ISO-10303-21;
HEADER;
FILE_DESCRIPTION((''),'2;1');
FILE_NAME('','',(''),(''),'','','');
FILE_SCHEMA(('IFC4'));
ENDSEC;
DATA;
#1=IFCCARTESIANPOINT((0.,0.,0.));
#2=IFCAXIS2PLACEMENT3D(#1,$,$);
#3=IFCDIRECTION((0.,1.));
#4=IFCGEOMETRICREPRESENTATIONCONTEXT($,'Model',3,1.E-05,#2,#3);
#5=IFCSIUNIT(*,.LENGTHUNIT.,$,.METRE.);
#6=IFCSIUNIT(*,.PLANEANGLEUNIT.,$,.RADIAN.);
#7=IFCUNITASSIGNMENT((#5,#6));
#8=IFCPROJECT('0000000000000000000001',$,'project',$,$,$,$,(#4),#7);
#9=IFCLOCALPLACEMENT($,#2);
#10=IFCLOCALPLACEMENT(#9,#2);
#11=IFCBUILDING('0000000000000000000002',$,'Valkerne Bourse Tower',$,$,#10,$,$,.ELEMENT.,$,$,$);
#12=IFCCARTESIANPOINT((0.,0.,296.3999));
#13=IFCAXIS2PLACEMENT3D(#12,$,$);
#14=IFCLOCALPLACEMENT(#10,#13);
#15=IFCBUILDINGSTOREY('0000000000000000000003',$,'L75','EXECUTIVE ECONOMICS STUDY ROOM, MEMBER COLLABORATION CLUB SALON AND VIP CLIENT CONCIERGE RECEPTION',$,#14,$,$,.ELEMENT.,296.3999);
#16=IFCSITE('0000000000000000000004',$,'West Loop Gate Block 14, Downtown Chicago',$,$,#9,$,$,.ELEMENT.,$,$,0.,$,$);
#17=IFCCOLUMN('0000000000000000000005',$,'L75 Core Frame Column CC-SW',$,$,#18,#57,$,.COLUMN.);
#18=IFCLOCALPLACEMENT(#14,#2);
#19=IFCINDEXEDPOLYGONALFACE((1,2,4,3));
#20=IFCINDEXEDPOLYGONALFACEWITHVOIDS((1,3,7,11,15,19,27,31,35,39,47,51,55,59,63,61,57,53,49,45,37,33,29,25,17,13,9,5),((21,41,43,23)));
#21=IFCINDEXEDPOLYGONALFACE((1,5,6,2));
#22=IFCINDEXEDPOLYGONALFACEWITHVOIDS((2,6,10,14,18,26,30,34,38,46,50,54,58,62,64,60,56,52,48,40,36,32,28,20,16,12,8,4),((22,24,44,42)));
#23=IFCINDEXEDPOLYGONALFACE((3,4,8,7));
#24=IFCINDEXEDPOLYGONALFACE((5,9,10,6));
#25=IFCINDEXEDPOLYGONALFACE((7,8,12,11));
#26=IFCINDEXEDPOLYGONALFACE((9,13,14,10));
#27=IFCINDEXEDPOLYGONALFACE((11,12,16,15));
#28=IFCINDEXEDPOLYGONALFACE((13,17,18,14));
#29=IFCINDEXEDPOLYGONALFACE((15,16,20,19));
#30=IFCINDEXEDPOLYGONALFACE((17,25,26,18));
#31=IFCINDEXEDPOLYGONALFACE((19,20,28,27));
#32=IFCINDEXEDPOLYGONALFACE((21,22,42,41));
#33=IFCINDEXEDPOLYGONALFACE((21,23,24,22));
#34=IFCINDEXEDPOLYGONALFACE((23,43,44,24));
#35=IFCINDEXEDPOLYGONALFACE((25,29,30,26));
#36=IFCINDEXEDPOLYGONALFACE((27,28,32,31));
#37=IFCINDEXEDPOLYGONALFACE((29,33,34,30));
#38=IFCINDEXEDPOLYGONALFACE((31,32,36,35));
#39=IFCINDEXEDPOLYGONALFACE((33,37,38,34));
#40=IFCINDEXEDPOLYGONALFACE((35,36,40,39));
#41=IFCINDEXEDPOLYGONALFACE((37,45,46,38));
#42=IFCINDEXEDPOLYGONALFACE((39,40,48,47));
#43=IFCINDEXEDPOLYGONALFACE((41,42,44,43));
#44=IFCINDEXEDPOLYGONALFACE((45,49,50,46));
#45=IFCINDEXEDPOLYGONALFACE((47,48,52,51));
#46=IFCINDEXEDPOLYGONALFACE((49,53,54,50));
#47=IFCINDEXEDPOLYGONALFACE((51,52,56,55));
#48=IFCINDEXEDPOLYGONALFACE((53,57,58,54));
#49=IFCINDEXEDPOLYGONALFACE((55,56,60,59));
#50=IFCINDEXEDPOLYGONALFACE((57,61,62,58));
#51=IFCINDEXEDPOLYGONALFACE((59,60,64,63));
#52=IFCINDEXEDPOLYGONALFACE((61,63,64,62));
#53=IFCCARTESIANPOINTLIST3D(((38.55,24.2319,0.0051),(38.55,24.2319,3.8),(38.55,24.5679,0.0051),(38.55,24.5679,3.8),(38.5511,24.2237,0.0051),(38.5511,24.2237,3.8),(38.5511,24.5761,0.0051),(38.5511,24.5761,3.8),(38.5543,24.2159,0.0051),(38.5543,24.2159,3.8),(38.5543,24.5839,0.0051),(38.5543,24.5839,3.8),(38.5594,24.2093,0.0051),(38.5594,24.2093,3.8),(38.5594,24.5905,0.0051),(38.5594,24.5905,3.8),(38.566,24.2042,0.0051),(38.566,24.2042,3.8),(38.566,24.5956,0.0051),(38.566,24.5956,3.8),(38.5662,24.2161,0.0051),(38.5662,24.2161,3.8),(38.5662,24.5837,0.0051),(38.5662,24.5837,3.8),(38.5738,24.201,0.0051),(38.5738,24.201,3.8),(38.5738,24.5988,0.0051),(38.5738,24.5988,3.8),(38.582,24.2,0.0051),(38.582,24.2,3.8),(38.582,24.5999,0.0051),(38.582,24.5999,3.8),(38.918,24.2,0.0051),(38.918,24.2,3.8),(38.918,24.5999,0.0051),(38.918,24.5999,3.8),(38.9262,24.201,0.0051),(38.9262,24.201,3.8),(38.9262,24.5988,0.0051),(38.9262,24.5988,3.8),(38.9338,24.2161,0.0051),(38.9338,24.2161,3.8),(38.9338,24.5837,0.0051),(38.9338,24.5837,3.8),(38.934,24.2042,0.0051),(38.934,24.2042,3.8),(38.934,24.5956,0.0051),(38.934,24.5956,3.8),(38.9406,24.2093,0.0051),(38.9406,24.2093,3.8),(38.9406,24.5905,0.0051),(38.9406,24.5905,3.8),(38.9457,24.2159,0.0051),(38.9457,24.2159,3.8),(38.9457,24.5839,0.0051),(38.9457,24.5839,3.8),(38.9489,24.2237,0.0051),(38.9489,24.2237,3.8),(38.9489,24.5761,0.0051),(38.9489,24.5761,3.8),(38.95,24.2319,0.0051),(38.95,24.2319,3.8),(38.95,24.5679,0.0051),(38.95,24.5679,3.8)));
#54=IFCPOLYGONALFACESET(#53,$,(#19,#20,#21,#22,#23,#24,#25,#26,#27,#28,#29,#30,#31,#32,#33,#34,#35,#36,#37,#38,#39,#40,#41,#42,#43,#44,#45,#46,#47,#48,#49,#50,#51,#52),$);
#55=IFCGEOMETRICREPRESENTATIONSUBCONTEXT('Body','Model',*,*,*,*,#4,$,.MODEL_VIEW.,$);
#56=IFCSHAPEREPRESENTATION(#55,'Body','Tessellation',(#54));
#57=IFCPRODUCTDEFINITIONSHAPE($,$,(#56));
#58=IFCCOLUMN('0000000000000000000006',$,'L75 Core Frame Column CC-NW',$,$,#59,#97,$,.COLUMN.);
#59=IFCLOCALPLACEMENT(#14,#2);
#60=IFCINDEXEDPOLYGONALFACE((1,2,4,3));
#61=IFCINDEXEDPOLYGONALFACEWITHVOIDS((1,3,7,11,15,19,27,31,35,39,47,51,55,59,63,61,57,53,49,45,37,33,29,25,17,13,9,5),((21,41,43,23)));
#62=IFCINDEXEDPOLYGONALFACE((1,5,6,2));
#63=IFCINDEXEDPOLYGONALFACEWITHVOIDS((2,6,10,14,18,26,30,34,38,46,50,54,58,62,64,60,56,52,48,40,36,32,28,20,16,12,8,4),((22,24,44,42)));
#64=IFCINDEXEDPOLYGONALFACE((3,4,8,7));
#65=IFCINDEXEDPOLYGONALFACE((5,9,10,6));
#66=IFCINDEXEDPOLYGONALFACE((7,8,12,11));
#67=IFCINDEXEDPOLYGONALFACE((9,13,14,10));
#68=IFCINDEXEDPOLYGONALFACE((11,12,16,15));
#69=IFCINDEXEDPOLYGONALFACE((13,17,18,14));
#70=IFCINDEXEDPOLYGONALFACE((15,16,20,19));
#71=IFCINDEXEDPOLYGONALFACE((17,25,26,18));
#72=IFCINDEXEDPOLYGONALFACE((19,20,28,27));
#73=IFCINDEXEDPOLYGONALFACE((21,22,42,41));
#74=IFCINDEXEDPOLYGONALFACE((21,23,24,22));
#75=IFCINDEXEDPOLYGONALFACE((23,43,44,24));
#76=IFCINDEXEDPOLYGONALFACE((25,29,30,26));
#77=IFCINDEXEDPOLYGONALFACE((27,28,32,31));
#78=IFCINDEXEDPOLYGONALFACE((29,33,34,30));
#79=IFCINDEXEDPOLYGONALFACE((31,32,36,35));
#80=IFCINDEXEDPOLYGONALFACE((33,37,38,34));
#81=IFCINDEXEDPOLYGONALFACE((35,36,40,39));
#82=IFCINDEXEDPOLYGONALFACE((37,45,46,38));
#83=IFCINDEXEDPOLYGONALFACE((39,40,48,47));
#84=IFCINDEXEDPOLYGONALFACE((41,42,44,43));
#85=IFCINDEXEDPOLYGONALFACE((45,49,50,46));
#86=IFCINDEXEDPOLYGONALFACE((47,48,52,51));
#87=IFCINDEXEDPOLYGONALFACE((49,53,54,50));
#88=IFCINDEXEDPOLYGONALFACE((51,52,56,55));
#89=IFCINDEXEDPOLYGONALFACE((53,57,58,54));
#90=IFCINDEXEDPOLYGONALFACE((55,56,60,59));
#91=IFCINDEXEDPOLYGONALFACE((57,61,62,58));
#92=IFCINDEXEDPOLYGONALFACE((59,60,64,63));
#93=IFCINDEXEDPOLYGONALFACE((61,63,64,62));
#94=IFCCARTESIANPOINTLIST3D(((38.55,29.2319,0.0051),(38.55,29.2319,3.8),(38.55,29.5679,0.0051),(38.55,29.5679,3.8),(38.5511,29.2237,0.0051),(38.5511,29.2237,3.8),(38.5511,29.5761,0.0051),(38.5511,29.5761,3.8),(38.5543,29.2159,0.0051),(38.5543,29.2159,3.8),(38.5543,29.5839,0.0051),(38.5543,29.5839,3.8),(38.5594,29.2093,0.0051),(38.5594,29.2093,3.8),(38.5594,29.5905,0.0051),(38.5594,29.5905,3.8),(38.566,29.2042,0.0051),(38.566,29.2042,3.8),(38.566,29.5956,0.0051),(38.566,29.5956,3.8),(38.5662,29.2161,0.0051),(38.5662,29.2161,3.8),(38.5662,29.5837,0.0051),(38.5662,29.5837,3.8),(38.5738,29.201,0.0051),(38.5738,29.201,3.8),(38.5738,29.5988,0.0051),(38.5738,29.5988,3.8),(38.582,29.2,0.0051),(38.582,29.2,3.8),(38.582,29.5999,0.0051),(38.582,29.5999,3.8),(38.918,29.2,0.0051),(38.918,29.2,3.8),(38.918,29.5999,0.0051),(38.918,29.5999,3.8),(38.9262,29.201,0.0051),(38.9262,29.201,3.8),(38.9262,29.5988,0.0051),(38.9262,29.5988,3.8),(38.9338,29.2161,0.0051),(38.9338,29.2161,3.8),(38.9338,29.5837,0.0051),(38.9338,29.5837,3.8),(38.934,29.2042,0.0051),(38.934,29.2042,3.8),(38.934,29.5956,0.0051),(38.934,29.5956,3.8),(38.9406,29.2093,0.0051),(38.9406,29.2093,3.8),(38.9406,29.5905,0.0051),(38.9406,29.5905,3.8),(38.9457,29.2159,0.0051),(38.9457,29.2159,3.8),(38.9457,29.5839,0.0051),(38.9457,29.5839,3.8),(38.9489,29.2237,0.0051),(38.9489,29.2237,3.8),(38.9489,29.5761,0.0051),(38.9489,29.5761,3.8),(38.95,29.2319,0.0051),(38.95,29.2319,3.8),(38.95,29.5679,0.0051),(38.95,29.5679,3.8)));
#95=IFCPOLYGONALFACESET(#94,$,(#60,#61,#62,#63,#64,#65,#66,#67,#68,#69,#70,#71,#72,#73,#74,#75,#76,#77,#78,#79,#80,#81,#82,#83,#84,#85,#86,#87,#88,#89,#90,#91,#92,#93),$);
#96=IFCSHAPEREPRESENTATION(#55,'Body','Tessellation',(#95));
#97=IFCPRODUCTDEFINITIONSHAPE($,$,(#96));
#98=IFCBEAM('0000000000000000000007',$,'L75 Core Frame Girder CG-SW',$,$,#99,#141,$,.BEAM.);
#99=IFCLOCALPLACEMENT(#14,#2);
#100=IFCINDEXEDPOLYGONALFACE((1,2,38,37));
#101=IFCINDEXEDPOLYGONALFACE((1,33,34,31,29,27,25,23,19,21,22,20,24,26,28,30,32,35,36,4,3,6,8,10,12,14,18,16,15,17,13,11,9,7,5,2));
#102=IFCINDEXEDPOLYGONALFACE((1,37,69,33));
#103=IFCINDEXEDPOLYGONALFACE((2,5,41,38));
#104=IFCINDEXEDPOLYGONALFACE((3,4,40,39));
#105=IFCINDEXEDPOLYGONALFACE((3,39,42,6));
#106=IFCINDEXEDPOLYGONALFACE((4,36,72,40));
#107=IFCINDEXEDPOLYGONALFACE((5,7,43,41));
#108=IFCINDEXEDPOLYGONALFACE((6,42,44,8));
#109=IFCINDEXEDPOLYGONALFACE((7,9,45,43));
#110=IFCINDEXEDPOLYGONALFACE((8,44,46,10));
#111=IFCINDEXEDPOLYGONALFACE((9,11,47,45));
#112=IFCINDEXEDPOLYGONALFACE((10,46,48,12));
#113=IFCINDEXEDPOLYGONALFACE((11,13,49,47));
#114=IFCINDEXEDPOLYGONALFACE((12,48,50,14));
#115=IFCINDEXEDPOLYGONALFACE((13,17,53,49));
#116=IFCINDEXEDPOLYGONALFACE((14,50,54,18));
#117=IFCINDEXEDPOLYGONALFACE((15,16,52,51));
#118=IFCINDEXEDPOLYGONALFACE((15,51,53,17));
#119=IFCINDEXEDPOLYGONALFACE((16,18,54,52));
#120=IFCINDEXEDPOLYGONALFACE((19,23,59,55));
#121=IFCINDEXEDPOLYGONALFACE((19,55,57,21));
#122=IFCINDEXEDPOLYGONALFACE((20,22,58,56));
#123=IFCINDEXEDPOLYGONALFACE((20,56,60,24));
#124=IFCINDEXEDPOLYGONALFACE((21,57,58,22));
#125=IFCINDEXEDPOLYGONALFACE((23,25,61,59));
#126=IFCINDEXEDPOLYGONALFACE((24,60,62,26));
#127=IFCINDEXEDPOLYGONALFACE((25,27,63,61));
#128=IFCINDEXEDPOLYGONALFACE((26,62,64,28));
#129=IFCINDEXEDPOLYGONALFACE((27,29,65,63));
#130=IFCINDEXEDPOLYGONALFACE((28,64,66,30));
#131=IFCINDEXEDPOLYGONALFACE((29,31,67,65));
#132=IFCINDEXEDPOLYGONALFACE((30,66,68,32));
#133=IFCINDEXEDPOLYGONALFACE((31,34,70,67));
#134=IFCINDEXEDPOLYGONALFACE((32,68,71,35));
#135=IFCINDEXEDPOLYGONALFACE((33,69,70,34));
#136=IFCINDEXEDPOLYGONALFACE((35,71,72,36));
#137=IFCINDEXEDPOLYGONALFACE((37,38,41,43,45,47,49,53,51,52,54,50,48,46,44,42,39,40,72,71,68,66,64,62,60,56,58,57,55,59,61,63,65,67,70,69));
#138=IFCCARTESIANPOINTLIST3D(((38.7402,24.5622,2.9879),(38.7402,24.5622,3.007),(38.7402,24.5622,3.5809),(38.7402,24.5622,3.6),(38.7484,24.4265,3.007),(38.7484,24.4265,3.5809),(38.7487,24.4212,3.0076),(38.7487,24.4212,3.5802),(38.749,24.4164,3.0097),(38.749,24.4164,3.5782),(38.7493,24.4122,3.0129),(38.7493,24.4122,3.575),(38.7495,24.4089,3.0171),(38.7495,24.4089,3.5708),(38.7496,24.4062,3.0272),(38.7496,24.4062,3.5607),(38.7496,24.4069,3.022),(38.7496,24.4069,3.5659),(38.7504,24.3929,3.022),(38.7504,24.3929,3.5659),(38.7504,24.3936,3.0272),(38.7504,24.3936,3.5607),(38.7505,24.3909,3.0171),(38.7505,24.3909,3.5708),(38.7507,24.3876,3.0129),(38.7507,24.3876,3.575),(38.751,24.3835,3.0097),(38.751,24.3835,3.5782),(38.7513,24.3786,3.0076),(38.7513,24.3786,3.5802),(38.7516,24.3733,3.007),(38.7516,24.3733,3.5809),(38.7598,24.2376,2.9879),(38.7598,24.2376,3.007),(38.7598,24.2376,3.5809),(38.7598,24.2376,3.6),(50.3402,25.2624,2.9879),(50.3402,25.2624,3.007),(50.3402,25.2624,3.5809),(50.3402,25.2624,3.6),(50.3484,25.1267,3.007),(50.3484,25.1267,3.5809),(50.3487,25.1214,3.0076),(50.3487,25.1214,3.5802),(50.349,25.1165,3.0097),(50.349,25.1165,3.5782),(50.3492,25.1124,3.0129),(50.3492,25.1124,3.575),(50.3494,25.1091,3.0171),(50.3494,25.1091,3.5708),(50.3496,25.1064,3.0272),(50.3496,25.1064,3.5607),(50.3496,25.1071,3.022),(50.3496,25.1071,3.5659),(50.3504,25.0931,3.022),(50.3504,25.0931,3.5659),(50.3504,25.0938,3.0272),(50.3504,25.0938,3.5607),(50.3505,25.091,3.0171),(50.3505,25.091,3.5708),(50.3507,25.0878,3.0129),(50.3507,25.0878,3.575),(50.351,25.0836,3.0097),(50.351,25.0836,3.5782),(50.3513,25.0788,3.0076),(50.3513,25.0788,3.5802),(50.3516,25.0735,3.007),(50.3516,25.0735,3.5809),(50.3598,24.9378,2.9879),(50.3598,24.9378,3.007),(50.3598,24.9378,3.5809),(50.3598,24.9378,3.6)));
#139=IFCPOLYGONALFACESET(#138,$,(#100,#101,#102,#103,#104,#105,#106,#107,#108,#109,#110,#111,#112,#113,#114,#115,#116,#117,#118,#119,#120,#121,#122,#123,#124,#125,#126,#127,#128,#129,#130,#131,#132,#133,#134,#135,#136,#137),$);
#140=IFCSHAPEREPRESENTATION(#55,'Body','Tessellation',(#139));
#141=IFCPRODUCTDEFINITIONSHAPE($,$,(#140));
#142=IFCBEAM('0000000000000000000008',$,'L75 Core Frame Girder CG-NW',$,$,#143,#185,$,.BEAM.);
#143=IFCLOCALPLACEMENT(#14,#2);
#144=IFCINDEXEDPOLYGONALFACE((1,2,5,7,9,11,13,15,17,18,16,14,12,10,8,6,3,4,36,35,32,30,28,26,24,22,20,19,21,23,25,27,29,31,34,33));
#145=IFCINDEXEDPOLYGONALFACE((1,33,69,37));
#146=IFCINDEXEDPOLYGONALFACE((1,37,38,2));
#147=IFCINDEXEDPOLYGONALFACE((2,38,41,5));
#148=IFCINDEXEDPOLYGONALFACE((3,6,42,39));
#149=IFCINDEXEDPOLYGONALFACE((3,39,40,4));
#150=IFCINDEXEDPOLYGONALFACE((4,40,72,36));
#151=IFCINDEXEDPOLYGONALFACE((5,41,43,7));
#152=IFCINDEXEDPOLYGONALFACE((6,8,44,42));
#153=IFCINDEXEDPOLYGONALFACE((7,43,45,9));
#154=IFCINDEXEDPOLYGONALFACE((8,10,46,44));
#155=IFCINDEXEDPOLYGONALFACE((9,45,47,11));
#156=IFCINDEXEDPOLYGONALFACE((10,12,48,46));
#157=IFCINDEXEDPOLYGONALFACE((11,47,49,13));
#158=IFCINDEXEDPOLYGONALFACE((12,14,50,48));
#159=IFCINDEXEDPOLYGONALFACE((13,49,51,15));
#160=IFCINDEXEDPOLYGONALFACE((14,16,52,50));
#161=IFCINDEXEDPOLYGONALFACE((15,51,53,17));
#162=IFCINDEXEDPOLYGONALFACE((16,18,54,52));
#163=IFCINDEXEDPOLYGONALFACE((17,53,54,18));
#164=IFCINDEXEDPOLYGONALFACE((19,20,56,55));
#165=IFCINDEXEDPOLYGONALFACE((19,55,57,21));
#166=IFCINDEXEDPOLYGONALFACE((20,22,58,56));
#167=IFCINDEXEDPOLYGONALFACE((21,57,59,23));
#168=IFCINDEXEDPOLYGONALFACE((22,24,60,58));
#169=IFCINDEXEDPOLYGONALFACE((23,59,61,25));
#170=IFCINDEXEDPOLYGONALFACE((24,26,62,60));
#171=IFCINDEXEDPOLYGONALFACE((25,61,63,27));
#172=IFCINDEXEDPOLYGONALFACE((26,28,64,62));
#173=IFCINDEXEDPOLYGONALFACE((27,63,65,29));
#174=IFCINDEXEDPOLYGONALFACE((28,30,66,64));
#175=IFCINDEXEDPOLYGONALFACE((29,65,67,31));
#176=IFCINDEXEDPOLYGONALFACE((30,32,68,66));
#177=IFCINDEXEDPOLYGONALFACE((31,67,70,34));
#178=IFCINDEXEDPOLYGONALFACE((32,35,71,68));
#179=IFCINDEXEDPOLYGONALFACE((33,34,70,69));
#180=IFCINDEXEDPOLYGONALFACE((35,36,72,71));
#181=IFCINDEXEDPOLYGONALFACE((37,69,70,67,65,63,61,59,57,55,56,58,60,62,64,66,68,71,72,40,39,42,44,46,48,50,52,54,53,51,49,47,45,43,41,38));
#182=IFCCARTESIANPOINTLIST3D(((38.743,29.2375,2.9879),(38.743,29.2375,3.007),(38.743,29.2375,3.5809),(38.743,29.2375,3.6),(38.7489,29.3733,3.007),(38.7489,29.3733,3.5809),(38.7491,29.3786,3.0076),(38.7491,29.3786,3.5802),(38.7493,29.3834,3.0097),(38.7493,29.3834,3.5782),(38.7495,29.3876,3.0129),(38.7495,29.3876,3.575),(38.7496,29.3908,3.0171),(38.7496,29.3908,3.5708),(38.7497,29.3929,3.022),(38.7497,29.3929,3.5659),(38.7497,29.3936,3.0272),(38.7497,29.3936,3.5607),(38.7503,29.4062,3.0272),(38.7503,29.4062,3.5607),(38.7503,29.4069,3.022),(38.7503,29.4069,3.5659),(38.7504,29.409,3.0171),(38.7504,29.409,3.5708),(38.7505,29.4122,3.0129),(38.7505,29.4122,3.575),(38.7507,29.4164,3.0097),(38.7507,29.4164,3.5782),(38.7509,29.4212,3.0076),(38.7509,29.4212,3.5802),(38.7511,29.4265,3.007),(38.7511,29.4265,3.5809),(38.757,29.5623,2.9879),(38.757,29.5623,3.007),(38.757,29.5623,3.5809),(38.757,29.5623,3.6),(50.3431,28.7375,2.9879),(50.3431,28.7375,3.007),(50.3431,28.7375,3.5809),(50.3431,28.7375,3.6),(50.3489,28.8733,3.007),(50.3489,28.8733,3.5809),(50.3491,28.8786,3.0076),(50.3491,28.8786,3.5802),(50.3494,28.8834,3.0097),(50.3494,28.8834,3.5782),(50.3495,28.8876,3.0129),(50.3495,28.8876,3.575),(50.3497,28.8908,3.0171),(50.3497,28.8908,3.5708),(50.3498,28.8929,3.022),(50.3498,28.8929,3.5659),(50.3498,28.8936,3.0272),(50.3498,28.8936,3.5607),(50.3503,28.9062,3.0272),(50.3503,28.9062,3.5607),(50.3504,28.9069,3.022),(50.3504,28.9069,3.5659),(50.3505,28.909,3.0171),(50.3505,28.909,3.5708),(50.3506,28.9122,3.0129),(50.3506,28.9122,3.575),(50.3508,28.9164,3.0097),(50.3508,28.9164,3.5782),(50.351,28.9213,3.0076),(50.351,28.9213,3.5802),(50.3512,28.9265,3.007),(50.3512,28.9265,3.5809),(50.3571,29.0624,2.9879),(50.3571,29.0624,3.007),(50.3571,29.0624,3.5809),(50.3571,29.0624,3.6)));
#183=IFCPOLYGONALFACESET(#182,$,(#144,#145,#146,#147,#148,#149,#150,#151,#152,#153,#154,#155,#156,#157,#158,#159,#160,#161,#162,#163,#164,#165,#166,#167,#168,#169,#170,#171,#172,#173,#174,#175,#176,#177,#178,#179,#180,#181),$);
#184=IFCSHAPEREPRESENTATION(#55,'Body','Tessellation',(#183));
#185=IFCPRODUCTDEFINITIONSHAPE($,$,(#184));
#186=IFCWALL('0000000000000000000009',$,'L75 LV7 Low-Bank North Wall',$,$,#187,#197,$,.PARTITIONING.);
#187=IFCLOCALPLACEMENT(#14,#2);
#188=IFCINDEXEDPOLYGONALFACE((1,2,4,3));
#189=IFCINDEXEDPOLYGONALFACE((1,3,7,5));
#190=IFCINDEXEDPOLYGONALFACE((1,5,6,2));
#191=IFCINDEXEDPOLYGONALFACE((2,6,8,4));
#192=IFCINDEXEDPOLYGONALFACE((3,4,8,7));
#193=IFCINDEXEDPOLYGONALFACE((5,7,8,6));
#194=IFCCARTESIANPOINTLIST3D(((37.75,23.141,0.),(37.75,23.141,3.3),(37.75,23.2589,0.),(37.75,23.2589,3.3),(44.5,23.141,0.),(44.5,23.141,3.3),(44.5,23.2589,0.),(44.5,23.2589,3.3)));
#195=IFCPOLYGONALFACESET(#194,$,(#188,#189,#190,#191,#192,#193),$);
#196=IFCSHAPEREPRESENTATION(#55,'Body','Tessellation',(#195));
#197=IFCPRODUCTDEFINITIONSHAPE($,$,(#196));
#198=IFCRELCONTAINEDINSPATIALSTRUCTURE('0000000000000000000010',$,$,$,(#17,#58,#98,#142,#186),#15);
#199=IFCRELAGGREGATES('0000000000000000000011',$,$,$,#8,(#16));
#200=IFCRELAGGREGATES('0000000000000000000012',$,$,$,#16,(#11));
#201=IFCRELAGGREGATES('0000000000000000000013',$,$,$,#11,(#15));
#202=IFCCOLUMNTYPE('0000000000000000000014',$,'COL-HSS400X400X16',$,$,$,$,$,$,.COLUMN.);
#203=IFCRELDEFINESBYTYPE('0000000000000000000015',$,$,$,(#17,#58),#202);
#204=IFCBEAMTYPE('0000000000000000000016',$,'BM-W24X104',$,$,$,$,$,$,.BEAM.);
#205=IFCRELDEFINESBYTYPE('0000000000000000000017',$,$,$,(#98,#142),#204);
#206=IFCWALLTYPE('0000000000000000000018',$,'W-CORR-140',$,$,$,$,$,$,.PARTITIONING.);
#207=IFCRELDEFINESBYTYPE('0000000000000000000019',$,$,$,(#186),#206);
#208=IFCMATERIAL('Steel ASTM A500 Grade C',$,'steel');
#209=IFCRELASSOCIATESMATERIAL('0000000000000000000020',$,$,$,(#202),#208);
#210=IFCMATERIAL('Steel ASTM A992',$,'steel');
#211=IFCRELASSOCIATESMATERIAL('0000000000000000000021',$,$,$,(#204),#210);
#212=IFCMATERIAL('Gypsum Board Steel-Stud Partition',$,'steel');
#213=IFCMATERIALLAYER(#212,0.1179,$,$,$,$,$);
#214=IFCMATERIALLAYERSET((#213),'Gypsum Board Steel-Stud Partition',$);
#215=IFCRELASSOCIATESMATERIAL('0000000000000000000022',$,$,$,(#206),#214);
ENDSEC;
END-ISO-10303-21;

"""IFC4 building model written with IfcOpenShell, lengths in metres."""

from ifc_helpers import new_model, si_unit, direction, frame, frame_2d, origin, origin_2d, place, context, subcontext, project, spatial, rectangle, hollow_rectangle, i_section, extrude, material, layer, layer_set, material_profile, profile_set, type_object, element, save


model = new_model("IFC4")

# Units and contexts
model_context = context("Model", 3, precision=1e-05, world=origin(), true_north=direction((0.0, 1.0)))
body_context = subcontext(model_context, "Body", "Model", "MODEL_VIEW")
ifc_project = project(units=[si_unit("LENGTHUNIT", "METRE"), si_unit("PLANEANGLEUNIT", "RADIAN")], contexts=[model_context])

# Site, building, storey
site_placement = place(None, origin())
site = spatial("IfcSite", under=ifc_project, at=site_placement, Name="West Loop Gate Block 14, Downtown Chicago", CompositionType="ELEMENT", RefElevation=0.0)
building_placement = place(site_placement, origin())
building = spatial("IfcBuilding", under=site, at=building_placement, Name="Valkerne Bourse Tower", CompositionType="ELEMENT")
storey_placement = place(building_placement, frame((0.0, 0.0, 296.3999)))
storey = spatial("IfcBuildingStorey", under=building, at=storey_placement, Name="L75", Description="EXECUTIVE ECONOMICS STUDY ROOM, MEMBER COLLABORATION CLUB SALON AND VIP CLIENT CONCIERGE RECEPTION", CompositionType="ELEMENT", Elevation=296.3999)

# Columns
ifc_material_1 = material(Name="Steel ASTM A500 Grade C", Category="steel")
ifc_material_profile_1 = material_profile(ifc_material_1, hollow_rectangle(XDim=0.3999, YDim=0.3999, WallThickness=0.0161, OuterFilletRadius=0.032, at=origin_2d()), Name="HSS400X400X16")
ifc_profile_set_1 = profile_set([ifc_material_profile_1], Name="Steel ASTM A500 Grade C")
column_type = type_object("IfcColumnType", Name="COL-HSS400X400X16", PredefinedType="COLUMN", material=ifc_profile_set_1)
for number, where, z_axis, x_axis, name in (
    (1, (38.75, 24.3999, 0.0051), (0.0, 0.0, 1.0), (1.0, 0.0, 0.0), "L75 Core Frame Column CC-SW"),
    (2, (38.75, 29.3999, 0.0051), (0.0, 0.0, 1.0), (1.0, 0.0, 0.0), "L75 Core Frame Column CC-NW"),
):
    element("IfcColumn", number, at=place(storey_placement, frame(where, z_axis=z_axis, x_axis=x_axis)), inside=storey, type_object=column_type, Name=name, PredefinedType="COLUMN", context=body_context, shape_type="SweptSolid", body=[
        extrude(hollow_rectangle(XDim=0.3999, YDim=0.3999, WallThickness=0.0161, OuterFilletRadius=0.032, at=origin_2d()), origin(), (0.0, 0.0, 1.0), 3.7949),
    ])

# Beams
ifc_material_2 = material(Name="Steel ASTM A992", Category="steel")
ifc_material_profile_2 = material_profile(ifc_material_2, i_section(OverallWidth=0.3252, OverallDepth=0.6121, WebThickness=0.0127, FlangeThickness=0.019, FilletRadius=0.0203, at=origin_2d()), Name="W24X104")
ifc_profile_set_2 = profile_set([ifc_material_profile_2], Name="Steel ASTM A992")
beam_type = type_object("IfcBeamType", Name="BM-W24X104", PredefinedType="BEAM", material=ifc_profile_set_2)
beam_1_placement = place(storey_placement, frame((38.75, 24.3999, 3.2939), z_axis=(0.998183, 0.060251, 0.0), x_axis=(-0.060251, 0.998183, 0.0)))
element("IfcBeam", 3, at=beam_1_placement, inside=storey, type_object=beam_type, Name="L75 Core Frame Girder CG-SW", PredefinedType="BEAM", context=body_context, shape_type="SweptSolid", body=[
    extrude(i_section(OverallWidth=0.3252, OverallDepth=0.6121, WebThickness=0.0127, FlangeThickness=0.019, FilletRadius=0.0203, at=origin_2d()), origin(), (0.0, 0.0, 1.0), 11.6211),
])
beam_2_placement = place(storey_placement, frame((38.75, 29.3999, 3.2939), z_axis=(0.999072, -0.043063, 0.0), x_axis=(0.043063, 0.999072, 0.0)))
element("IfcBeam", 4, at=beam_2_placement, inside=storey, type_object=beam_type, Name="L75 Core Frame Girder CG-NW", PredefinedType="BEAM", context=body_context, shape_type="SweptSolid", body=[
    extrude(i_section(OverallWidth=0.3252, OverallDepth=0.6121, WebThickness=0.0127, FlangeThickness=0.019, FilletRadius=0.0203, at=origin_2d()), origin(), (0.0, 0.0, 1.0), 11.6108),
])

# Wall
ifc_material_3 = material(Name="Gypsum Board Steel-Stud Partition", Category="steel")
ifc_layer_1 = layer(ifc_material_3, 0.1179)
ifc_layer_set_1 = layer_set([ifc_layer_1], Name="Gypsum Board Steel-Stud Partition")
wall_type_1 = type_object("IfcWallType", Name="W-CORR-140", PredefinedType="PARTITIONING", material=ifc_layer_set_1)
wall_1_placement = place(storey_placement, frame((37.75, 23.2, 0.0), z_axis=(0.0, 0.0, 1.0), x_axis=(1.0, 0.0, 0.0)))
element("IfcWall", 5, at=wall_1_placement, inside=storey, type_object=wall_type_1, Name="L75 LV7 Low-Bank North Wall", PredefinedType="PARTITIONING", context=body_context, shape_type="SweptSolid", body=[
    extrude(rectangle(XDim=6.75, YDim=0.1179, at=frame_2d((3.375, 0.0))), origin(), (0.0, 0.0, 1.0), 3.3),
])

save(model, "model.ifc")
